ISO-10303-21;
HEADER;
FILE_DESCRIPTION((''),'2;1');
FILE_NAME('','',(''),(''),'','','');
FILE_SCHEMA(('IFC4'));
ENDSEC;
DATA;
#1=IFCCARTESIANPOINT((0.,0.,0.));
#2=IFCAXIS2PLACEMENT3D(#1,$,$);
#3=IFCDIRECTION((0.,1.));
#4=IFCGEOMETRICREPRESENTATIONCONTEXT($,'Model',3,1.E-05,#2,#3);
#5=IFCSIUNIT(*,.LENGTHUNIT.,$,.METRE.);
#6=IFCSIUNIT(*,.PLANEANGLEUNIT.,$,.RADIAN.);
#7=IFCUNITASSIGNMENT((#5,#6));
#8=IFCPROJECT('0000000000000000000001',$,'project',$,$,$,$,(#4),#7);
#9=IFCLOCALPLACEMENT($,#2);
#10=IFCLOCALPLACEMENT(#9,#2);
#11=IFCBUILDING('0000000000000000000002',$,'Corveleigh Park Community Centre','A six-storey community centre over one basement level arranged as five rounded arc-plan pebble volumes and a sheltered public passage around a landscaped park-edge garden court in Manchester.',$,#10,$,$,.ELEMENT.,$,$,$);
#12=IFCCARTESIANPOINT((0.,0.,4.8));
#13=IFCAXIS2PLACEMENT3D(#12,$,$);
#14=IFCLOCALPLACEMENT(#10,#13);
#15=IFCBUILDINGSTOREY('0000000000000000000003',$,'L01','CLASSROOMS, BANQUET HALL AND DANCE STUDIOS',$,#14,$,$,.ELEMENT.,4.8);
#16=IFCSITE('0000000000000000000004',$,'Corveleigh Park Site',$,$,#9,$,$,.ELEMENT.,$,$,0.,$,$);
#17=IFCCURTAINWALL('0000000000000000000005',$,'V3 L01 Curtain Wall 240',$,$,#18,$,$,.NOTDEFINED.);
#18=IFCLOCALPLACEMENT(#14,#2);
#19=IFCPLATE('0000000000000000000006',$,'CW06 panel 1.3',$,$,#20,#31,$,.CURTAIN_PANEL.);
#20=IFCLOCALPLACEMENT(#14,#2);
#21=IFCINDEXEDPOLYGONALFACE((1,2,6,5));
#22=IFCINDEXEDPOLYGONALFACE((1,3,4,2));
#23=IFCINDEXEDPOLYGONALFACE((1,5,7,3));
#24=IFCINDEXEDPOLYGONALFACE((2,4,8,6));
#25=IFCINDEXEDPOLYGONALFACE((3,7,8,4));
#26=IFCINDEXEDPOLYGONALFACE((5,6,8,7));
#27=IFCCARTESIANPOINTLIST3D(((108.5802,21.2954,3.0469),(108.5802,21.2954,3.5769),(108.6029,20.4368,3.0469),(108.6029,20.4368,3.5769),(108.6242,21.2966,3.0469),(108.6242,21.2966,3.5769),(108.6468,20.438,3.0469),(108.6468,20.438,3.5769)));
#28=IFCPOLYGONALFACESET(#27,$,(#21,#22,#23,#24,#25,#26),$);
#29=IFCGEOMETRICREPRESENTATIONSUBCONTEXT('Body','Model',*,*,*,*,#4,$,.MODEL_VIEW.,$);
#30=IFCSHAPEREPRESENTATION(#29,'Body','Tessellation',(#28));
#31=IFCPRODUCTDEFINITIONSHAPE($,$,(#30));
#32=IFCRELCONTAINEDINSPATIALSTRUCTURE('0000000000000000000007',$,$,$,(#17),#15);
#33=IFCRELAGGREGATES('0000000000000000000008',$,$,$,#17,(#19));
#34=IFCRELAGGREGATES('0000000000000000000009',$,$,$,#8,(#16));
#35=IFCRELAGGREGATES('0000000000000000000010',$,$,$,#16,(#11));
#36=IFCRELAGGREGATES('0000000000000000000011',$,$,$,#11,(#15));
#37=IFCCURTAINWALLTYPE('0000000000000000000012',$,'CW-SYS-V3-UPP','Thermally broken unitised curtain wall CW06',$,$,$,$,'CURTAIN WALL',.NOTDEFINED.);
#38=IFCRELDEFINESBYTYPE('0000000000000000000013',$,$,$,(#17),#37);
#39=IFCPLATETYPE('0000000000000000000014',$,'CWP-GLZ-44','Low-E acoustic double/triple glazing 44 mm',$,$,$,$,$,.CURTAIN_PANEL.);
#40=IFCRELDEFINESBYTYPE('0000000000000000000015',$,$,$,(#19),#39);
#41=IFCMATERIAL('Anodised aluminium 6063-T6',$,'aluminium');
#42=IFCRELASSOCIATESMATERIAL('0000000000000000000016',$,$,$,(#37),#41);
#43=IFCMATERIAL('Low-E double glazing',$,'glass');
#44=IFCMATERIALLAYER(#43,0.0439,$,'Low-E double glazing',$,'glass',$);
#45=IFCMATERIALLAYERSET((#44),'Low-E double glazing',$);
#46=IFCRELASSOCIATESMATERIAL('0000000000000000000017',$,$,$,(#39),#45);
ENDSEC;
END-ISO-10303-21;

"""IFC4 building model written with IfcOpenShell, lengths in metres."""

from ifc_helpers import new_model, si_unit, direction, frame, origin, origin_2d, place, context, subcontext, project, spatial, rectangle, extrude, material, layer, layer_set, type_object, element, aggregate, save


model = new_model("IFC4")

# Units and contexts
model_context = context("Model", 3, precision=1e-05, world=origin(), true_north=direction((0.0, 1.0)))
body_context = subcontext(model_context, "Body", "Model", "MODEL_VIEW")
ifc_project = project(units=[si_unit("LENGTHUNIT", "METRE"), si_unit("PLANEANGLEUNIT", "RADIAN")], contexts=[model_context])

# Site, building, storey
site_placement = place(None, origin())
site = spatial("IfcSite", under=ifc_project, at=site_placement, Name="Corveleigh Park Site", CompositionType="ELEMENT", RefElevation=0.0)
building_placement = place(site_placement, origin())
building = spatial("IfcBuilding", under=site, at=building_placement, Name="Corveleigh Park Community Centre", Description="A six-storey community centre over one basement level arranged as five rounded arc-plan pebble volumes and a sheltered public passage around a landscaped park-edge garden court in Manchester.", CompositionType="ELEMENT")
storey_placement = place(building_placement, frame((0.0, 0.0, 4.8)))
storey = spatial("IfcBuildingStorey", under=building, at=storey_placement, Name="L01", Description="CLASSROOMS, BANQUET HALL AND DANCE STUDIOS", CompositionType="ELEMENT", Elevation=4.8)

# Curtain wall
ifc_material_1 = material(Name="Anodised aluminium 6063-T6", Category="aluminium")
curtain_wall_type = type_object("IfcCurtainWallType", Name="CW-SYS-V3-UPP", Description="Thermally broken unitised curtain wall CW06", ElementType="CURTAIN WALL", PredefinedType="NOTDEFINED", material=ifc_material_1)
curtain_wall_1_placement = place(storey_placement, origin())
curtain_wall_1 = element("IfcCurtainWall", 1, at=curtain_wall_1_placement, inside=storey, type_object=curtain_wall_type, Name="V3 L01 Curtain Wall 240", PredefinedType="NOTDEFINED")

# Plate
ifc_material_2 = material(Name="Low-E double glazing", Category="glass")
ifc_layer_1 = layer(ifc_material_2, 0.0439, Name="Low-E double glazing", Category="glass")
ifc_layer_set_1 = layer_set([ifc_layer_1], Name="Low-E double glazing")
plate_type_1 = type_object("IfcPlateType", Name="CWP-GLZ-44", Description="Low-E acoustic double/triple glazing 44 mm", PredefinedType="CURTAIN_PANEL", material=ifc_layer_set_1)
plate_1_placement = place(storey_placement, frame((108.6135, 20.8667, 3.0469), z_axis=(0.0, 0.0, 1.0), x_axis=(0.02636, -0.999653, 0.0)))
plate_1 = element("IfcPlate", 2, at=plate_1_placement, type_object=plate_type_1, Name="CW06 panel 1.3", PredefinedType="CURTAIN_PANEL", context=body_context, shape_type="SweptSolid", body=[
    extrude(rectangle(XDim=0.8589, YDim=0.0439, at=origin_2d()), origin(), (0.0, 0.0, 1.0), 0.53),
])
aggregate(curtain_wall_1, [plate_1])

save(model, "model.ifc")
